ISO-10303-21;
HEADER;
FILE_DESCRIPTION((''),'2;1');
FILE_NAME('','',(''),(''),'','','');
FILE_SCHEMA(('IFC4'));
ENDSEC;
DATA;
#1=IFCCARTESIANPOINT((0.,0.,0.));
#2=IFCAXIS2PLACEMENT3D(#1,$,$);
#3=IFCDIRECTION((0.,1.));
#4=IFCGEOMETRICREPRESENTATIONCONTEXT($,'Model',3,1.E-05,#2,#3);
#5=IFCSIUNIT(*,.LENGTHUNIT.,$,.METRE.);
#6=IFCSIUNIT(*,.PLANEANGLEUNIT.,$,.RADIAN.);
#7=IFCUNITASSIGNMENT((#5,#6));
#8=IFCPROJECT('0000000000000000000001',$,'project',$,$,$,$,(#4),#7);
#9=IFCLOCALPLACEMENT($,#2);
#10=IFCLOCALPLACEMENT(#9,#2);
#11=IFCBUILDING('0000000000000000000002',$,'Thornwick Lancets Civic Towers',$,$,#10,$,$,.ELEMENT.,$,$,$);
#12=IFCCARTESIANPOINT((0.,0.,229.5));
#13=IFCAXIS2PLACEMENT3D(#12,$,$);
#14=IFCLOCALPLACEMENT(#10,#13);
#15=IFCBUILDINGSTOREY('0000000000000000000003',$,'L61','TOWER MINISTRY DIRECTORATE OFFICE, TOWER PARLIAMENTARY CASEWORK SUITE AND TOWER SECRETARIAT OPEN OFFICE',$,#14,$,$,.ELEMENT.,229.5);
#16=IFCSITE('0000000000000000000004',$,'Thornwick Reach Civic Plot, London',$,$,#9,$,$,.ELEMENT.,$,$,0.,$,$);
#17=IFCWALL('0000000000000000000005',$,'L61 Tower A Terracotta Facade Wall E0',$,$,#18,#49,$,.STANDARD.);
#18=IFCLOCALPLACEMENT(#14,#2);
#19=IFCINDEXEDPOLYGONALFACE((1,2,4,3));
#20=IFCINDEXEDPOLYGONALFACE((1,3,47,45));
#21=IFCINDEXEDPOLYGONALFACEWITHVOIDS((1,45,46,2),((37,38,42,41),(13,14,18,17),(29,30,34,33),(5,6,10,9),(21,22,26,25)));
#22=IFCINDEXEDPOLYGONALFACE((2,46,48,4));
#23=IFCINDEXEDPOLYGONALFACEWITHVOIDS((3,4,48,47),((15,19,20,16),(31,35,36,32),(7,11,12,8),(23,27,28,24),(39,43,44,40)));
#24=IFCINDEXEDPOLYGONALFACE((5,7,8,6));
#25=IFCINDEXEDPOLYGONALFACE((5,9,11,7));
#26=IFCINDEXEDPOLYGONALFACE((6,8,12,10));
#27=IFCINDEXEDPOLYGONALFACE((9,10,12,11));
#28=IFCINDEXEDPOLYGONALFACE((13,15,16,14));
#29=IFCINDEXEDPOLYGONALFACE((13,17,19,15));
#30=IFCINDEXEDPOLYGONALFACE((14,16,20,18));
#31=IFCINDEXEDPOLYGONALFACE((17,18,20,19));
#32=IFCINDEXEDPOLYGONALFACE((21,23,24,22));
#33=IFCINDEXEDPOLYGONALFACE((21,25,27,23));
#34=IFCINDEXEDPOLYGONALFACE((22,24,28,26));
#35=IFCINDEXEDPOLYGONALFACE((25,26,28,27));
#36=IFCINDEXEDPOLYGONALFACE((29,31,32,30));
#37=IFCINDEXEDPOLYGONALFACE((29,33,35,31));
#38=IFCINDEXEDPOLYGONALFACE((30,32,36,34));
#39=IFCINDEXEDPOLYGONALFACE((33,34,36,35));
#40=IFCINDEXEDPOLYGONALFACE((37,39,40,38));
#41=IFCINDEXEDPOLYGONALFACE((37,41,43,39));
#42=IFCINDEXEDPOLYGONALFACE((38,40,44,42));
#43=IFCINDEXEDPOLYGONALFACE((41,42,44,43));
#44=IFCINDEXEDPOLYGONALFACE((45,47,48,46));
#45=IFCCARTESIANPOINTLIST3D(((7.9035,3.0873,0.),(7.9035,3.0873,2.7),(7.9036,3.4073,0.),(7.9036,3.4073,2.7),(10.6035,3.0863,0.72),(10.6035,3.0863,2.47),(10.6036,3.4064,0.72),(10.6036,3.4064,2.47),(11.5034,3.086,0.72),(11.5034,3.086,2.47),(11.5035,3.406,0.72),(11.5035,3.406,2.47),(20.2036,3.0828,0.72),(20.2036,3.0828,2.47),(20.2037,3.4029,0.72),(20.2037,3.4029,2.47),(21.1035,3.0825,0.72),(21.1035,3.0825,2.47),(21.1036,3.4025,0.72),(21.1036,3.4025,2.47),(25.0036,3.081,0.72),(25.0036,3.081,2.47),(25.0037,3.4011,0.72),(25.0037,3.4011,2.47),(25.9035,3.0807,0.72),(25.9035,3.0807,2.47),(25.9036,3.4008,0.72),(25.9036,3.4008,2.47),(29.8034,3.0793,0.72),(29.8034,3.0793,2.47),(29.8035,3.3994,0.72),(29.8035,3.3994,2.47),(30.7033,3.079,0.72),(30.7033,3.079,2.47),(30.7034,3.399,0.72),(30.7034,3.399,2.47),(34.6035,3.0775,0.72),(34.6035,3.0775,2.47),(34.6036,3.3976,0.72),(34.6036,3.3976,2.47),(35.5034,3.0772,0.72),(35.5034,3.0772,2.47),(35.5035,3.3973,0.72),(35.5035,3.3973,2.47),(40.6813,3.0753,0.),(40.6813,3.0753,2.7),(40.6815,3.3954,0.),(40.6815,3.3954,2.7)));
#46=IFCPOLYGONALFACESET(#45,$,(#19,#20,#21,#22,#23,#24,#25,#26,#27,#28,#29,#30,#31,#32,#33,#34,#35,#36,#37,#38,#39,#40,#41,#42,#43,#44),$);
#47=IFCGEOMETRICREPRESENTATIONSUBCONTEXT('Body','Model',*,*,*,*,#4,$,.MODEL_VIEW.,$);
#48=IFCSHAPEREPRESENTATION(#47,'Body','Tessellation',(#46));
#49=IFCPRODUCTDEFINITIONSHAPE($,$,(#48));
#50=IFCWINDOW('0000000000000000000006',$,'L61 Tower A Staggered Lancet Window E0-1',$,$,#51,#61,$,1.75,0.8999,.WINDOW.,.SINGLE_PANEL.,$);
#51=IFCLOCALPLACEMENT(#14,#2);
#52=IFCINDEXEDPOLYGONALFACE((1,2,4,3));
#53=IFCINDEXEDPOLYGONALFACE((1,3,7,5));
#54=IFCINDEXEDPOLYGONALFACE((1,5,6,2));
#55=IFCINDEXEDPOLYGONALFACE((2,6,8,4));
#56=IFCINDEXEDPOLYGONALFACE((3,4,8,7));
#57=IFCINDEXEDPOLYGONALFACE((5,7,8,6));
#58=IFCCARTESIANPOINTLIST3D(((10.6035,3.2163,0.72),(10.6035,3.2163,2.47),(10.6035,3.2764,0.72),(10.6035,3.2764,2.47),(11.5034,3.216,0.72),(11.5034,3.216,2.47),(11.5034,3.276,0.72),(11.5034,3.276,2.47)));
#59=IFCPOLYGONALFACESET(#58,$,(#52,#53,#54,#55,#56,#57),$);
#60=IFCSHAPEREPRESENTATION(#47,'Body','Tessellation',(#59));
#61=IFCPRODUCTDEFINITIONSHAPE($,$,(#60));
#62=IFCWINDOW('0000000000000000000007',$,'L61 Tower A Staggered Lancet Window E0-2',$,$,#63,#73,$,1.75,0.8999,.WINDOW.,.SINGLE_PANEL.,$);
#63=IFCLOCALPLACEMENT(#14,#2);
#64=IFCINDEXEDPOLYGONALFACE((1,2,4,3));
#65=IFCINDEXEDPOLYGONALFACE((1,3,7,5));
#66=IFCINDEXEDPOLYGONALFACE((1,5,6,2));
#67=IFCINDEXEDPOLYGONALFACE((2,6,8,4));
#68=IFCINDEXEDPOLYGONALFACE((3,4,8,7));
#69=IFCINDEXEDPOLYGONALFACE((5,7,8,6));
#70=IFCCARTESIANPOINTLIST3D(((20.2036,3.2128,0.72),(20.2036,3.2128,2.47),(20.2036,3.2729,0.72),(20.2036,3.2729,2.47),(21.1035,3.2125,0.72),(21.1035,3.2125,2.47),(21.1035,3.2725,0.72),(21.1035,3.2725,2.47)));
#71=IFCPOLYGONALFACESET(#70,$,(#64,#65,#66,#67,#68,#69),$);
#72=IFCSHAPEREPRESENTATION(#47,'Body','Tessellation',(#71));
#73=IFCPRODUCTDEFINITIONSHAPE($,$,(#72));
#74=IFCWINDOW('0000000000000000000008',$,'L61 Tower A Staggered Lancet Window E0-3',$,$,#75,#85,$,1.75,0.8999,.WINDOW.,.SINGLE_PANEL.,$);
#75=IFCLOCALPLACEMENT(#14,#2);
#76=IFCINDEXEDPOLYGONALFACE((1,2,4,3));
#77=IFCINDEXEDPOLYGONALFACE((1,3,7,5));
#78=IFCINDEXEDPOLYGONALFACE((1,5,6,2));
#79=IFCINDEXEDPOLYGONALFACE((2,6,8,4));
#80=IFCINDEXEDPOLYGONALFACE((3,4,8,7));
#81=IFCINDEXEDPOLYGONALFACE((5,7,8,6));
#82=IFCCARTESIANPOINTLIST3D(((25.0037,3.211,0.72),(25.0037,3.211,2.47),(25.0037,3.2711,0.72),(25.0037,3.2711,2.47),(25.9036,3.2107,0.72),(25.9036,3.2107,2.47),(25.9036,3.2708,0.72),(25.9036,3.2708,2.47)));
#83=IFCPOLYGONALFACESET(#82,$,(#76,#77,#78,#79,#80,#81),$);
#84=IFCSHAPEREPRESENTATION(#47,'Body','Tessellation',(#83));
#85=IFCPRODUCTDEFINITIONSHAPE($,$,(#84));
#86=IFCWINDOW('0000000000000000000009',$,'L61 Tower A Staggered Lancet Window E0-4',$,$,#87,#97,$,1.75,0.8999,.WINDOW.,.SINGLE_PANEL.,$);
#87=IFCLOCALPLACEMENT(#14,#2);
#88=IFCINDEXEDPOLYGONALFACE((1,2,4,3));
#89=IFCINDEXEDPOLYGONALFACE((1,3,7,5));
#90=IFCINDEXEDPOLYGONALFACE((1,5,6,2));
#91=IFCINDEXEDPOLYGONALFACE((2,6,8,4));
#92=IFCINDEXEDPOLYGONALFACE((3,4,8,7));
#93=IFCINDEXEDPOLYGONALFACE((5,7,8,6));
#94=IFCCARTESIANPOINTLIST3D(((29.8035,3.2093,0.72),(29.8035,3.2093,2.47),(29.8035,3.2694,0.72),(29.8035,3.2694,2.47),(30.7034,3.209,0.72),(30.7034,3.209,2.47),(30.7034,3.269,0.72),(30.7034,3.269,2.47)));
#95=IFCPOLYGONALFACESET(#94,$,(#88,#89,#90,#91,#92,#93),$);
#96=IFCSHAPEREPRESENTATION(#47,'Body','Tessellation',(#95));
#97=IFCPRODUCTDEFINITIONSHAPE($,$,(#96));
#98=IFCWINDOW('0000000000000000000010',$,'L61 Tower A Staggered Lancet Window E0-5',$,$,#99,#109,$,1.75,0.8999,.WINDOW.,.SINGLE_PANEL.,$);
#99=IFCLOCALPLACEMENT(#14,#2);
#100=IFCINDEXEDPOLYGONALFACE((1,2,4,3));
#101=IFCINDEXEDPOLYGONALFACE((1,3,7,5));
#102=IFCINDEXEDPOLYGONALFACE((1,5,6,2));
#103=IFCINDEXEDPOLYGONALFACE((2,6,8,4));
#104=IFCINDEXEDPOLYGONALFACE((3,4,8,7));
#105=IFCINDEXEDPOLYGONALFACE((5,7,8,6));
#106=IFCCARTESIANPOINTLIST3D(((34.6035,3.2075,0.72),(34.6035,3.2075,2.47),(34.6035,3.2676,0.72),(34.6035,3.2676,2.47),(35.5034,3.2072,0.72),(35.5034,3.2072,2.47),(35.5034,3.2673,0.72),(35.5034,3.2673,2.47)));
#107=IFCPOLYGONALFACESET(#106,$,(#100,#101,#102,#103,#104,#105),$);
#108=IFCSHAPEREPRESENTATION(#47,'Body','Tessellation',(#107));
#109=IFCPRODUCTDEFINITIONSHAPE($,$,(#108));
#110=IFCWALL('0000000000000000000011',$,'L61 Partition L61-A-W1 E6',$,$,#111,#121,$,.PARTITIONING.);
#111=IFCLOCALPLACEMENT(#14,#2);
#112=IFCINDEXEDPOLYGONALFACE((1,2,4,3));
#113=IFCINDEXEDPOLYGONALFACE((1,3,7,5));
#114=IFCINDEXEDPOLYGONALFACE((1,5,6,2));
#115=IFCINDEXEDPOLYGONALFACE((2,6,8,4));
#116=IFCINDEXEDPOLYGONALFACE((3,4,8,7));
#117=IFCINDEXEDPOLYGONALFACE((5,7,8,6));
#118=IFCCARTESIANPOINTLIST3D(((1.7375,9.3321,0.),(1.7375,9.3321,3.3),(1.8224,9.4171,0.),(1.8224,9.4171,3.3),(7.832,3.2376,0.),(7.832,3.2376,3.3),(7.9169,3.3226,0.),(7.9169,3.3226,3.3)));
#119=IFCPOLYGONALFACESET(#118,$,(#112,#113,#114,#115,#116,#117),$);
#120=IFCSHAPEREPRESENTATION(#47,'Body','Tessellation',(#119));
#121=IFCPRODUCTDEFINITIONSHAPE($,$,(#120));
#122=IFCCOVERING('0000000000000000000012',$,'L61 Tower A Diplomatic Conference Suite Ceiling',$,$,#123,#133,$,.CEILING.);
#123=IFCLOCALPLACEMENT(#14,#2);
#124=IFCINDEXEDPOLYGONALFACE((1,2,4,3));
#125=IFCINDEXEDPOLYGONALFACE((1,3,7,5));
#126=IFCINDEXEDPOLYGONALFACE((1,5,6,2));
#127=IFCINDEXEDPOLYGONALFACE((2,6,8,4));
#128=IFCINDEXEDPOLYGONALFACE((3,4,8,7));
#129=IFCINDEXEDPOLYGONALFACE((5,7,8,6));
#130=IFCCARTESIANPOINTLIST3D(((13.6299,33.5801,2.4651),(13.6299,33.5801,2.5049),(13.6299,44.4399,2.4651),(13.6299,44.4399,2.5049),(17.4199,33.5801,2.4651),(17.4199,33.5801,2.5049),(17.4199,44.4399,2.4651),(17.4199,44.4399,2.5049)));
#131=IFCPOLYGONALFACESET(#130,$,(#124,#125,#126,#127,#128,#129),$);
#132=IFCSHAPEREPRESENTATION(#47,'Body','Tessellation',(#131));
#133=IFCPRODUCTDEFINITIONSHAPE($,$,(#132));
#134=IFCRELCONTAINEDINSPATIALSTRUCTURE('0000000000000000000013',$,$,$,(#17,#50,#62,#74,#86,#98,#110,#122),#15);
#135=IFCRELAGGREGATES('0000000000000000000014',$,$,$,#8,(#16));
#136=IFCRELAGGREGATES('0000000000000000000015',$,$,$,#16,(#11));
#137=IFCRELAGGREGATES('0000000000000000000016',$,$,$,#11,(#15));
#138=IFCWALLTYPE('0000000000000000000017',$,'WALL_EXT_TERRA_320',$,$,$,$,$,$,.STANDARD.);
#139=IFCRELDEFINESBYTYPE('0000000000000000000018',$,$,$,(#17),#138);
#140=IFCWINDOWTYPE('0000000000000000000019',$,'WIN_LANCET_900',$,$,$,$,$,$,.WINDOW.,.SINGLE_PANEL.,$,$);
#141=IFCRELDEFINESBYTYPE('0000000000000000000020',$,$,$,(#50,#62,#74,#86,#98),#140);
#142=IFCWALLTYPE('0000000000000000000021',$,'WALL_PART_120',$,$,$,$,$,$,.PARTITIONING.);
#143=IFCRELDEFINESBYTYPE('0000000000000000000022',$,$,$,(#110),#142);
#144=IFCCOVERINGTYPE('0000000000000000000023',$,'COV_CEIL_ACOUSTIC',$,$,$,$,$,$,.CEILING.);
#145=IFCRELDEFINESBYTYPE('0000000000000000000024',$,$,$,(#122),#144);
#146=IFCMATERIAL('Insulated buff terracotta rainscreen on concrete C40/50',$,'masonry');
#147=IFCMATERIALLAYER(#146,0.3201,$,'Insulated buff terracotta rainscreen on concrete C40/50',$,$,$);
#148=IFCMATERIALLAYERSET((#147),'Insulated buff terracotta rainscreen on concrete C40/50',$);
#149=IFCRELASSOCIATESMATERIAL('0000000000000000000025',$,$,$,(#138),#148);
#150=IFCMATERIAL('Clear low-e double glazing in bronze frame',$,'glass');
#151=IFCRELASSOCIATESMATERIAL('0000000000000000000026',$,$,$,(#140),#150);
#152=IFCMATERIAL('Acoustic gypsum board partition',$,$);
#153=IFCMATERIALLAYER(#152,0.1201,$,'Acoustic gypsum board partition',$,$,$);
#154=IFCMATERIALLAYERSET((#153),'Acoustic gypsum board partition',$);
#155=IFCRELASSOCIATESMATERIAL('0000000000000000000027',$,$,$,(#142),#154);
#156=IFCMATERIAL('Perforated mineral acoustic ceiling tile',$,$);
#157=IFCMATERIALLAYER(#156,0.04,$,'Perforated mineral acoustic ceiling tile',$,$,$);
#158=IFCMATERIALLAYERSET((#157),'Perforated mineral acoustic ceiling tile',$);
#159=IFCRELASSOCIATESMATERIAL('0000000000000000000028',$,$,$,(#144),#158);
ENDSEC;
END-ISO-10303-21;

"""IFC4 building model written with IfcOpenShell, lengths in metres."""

from ifc_helpers import new_model, si_unit, direction, frame, frame_2d, origin, place, context, subcontext, project, spatial, polyline, rectangle, outline, extrude, material, layer, layer_set, type_object, element, fill, save


model = new_model("IFC4")

# Units and contexts
model_context = context("Model", 3, precision=1e-05, world=origin(), true_north=direction((0.0, 1.0)))
body_context = subcontext(model_context, "Body", "Model", "MODEL_VIEW")
ifc_project = project(units=[si_unit("LENGTHUNIT", "METRE"), si_unit("PLANEANGLEUNIT", "RADIAN")], contexts=[model_context])

# Site, building, storey
site_placement = place(None, origin())
site = spatial("IfcSite", under=ifc_project, at=site_placement, Name="Thornwick Reach Civic Plot, London", CompositionType="ELEMENT", RefElevation=0.0)
building_placement = place(site_placement, origin())
building = spatial("IfcBuilding", under=site, at=building_placement, Name="Thornwick Lancets Civic Towers", CompositionType="ELEMENT")
storey_placement = place(building_placement, frame((0.0, 0.0, 229.5)))
storey = spatial("IfcBuildingStorey", under=building, at=storey_placement, Name="L61", Description="TOWER MINISTRY DIRECTORATE OFFICE, TOWER PARLIAMENTARY CASEWORK SUITE AND TOWER SECRETARIAT OPEN OFFICE", CompositionType="ELEMENT", Elevation=229.5)

# Wall, openings, windows
ifc_material_1 = material(Name="Insulated buff terracotta rainscreen on concrete C40/50", Category="masonry")
ifc_layer_1 = layer(ifc_material_1, 0.3201, Name="Insulated buff terracotta rainscreen on concrete C40/50")
ifc_layer_set_1 = layer_set([ifc_layer_1], Name="Insulated buff terracotta rainscreen on concrete C40/50")
wall_type_1 = type_object("IfcWallType", Name="WALL_EXT_TERRA_320", PredefinedType="STANDARD", material=ifc_layer_set_1)
wall_1_placement = place(storey_placement, frame((7.9036, 3.2473, 0.0), z_axis=(0.0, 0.0, 1.0), x_axis=(1.0, -0.000365, 0.0)))
wall_1 = element("IfcWall", 1, at=wall_1_placement, inside=storey, type_object=wall_type_1, Name="L61 Tower A Terracotta Facade Wall E0", PredefinedType="STANDARD", context=body_context, shape_type="SweptSolid", body=[
    extrude(rectangle(XDim=32.7778, YDim=0.3201, at=frame_2d((16.3889, 0.0))), origin(), (0.0, 0.0, 1.0), 2.7),
])
opening_1_placement = place(wall_1_placement, frame((2.7, 0.0, 0.72)))
opening_1 = element("IfcOpeningElement", 2, at=opening_1_placement, cuts=wall_1, PredefinedType="OPENING", context=body_context, shape_type="SweptSolid", body=[
    extrude(rectangle(XDim=0.8999, YDim=1.75, at=frame_2d((0.45, 0.875))), frame((0.0, 0.1699, 0.0), z_axis=(0.0, -1.0, 0.0), x_axis=(1.0, 0.0, 0.0)), (0.0, 0.0, 1.0), 0.3401),
])
opening_2_placement = place(wall_1_placement, frame((12.3, 0.0, 0.72)))
opening_2 = element("IfcOpeningElement", 3, at=opening_2_placement, cuts=wall_1, PredefinedType="OPENING", context=body_context, shape_type="SweptSolid", body=[
    extrude(rectangle(XDim=0.8999, YDim=1.75, at=frame_2d((0.45, 0.875))), frame((0.0, 0.1699, 0.0), z_axis=(0.0, -1.0, 0.0), x_axis=(1.0, 0.0, 0.0)), (0.0, 0.0, 1.0), 0.3401),
])
opening_3_placement = place(wall_1_placement, frame((17.1001, 0.0, 0.72)))
opening_3 = element("IfcOpeningElement", 4, at=opening_3_placement, cuts=wall_1, PredefinedType="OPENING", context=body_context, shape_type="SweptSolid", body=[
    extrude(rectangle(XDim=0.8999, YDim=1.75, at=frame_2d((0.45, 0.875))), frame((0.0, 0.1699, 0.0), z_axis=(0.0, -1.0, 0.0), x_axis=(1.0, 0.0, 0.0)), (0.0, 0.0, 1.0), 0.3401),
])
opening_4_placement = place(wall_1_placement, frame((21.8999, 0.0, 0.72)))
opening_4 = element("IfcOpeningElement", 5, at=opening_4_placement, cuts=wall_1, PredefinedType="OPENING", context=body_context, shape_type="SweptSolid", body=[
    extrude(rectangle(XDim=0.8999, YDim=1.75, at=frame_2d((0.45, 0.875))), frame((0.0, 0.1699, 0.0), z_axis=(0.0, -1.0, 0.0), x_axis=(1.0, 0.0, 0.0)), (0.0, 0.0, 1.0), 0.3401),
])
opening_5_placement = place(wall_1_placement, frame((26.7, 0.0, 0.72)))
opening_5 = element("IfcOpeningElement", 6, at=opening_5_placement, cuts=wall_1, PredefinedType="OPENING", context=body_context, shape_type="SweptSolid", body=[
    extrude(rectangle(XDim=0.8999, YDim=1.75, at=frame_2d((0.45, 0.875))), frame((0.0, 0.1699, 0.0), z_axis=(0.0, -1.0, 0.0), x_axis=(1.0, 0.0, 0.0)), (0.0, 0.0, 1.0), 0.3401),
])
ifc_material_2 = material(Name="Clear low-e double glazing in bronze frame", Category="glass")
window_type = type_object("IfcWindowType", Name="WIN_LANCET_900", PartitioningType="SINGLE_PANEL", PredefinedType="WINDOW", material=ifc_material_2)
window_1_placement = place(opening_1_placement, origin())
window_1 = element("IfcWindow", 7, at=window_1_placement, inside=storey, type_object=window_type, Name="L61 Tower A Staggered Lancet Window E0-1", OverallHeight=1.75, OverallWidth=0.8999, PartitioningType="SINGLE_PANEL", PredefinedType="WINDOW", context=body_context, shape_type="SweptSolid", body=[
    extrude(rectangle(XDim=0.8999, YDim=1.75, at=frame_2d((0.45, 0.875))), frame((0.0, 0.03, 0.0), z_axis=(0.0, -1.0, 0.0), x_axis=(1.0, 0.0, 0.0)), (0.0, 0.0, 1.0), 0.0601),
])
fill(opening_1, window_1)
window_2_placement = place(opening_2_placement, origin())
window_2 = element("IfcWindow", 8, at=window_2_placement, inside=storey, type_object=window_type, Name="L61 Tower A Staggered Lancet Window E0-2", OverallHeight=1.75, OverallWidth=0.8999, PartitioningType="SINGLE_PANEL", PredefinedType="WINDOW", context=body_context, shape_type="SweptSolid", body=[
    extrude(rectangle(XDim=0.8999, YDim=1.75, at=frame_2d((0.45, 0.875))), frame((0.0, 0.03, 0.0), z_axis=(0.0, -1.0, 0.0), x_axis=(1.0, 0.0, 0.0)), (0.0, 0.0, 1.0), 0.0601),
])
fill(opening_2, window_2)
window_3_placement = place(opening_3_placement, origin())
window_3 = element("IfcWindow", 9, at=window_3_placement, inside=storey, type_object=window_type, Name="L61 Tower A Staggered Lancet Window E0-3", OverallHeight=1.75, OverallWidth=0.8999, PartitioningType="SINGLE_PANEL", PredefinedType="WINDOW", context=body_context, shape_type="SweptSolid", body=[
    extrude(rectangle(XDim=0.8999, YDim=1.75, at=frame_2d((0.45, 0.875))), frame((0.0, 0.03, 0.0), z_axis=(0.0, -1.0, 0.0), x_axis=(1.0, 0.0, 0.0)), (0.0, 0.0, 1.0), 0.0601),
])
fill(opening_3, window_3)
window_4_placement = place(opening_4_placement, origin())
window_4 = element("IfcWindow", 10, at=window_4_placement, inside=storey, type_object=window_type, Name="L61 Tower A Staggered Lancet Window E0-4", OverallHeight=1.75, OverallWidth=0.8999, PartitioningType="SINGLE_PANEL", PredefinedType="WINDOW", context=body_context, shape_type="SweptSolid", body=[
    extrude(rectangle(XDim=0.8999, YDim=1.75, at=frame_2d((0.45, 0.875))), frame((0.0, 0.03, 0.0), z_axis=(0.0, -1.0, 0.0), x_axis=(1.0, 0.0, 0.0)), (0.0, 0.0, 1.0), 0.0601),
])
fill(opening_4, window_4)
window_5_placement = place(opening_5_placement, origin())
window_5 = element("IfcWindow", 11, at=window_5_placement, inside=storey, type_object=window_type, Name="L61 Tower A Staggered Lancet Window E0-5", OverallHeight=1.75, OverallWidth=0.8999, PartitioningType="SINGLE_PANEL", PredefinedType="WINDOW", context=body_context, shape_type="SweptSolid", body=[
    extrude(rectangle(XDim=0.8999, YDim=1.75, at=frame_2d((0.45, 0.875))), frame((0.0, 0.03, 0.0), z_axis=(0.0, -1.0, 0.0), x_axis=(1.0, 0.0, 0.0)), (0.0, 0.0, 1.0), 0.0601),
])
fill(opening_5, window_5)

# Wall
ifc_material_3 = material(Name="Acoustic gypsum board partition")
ifc_layer_2 = layer(ifc_material_3, 0.1201, Name="Acoustic gypsum board partition")
ifc_layer_set_2 = layer_set([ifc_layer_2], Name="Acoustic gypsum board partition")
wall_type_2 = type_object("IfcWallType", Name="WALL_PART_120", PredefinedType="PARTITIONING", material=ifc_layer_set_2)
wall_2_placement = place(storey_placement, frame((7.8745, 3.28, 0.0), z_axis=(0.0, 0.0, 1.0), x_axis=(-0.707107, 0.707107, 0.0)))
element("IfcWall", 12, at=wall_2_placement, inside=storey, type_object=wall_type_2, Name="L61 Partition L61-A-W1 E6", PredefinedType="PARTITIONING", context=body_context, shape_type="SweptSolid", body=[
    extrude(rectangle(XDim=8.6189, YDim=0.1201, at=frame_2d((4.3096, 0.0))), origin(), (0.0, 0.0, 1.0), 3.3),
])

# Covering
ifc_material_4 = material(Name="Perforated mineral acoustic ceiling tile")
ifc_layer_3 = layer(ifc_material_4, 0.04, Name="Perforated mineral acoustic ceiling tile")
ifc_layer_set_3 = layer_set([ifc_layer_3], Name="Perforated mineral acoustic ceiling tile")
covering_type_1 = type_object("IfcCoveringType", Name="COV_CEIL_ACOUSTIC", PredefinedType="CEILING", material=ifc_layer_set_3)
covering_1_placement = place(storey_placement, frame((0.0, 0.0, 2.4651)))
element("IfcCovering", 13, at=covering_1_placement, inside=storey, type_object=covering_type_1, Name="L61 Tower A Diplomatic Conference Suite Ceiling", PredefinedType="CEILING", context=body_context, shape_type="SweptSolid", body=[
    extrude(outline(polyline([(13.6299, 33.5801), (13.6299, 44.4399), (17.4199, 44.4399), (17.4199, 33.5801), (13.6299, 33.5801)])), origin(), (0.0, 0.0, 1.0), 0.0398),
])

save(model, "model.ifc")
